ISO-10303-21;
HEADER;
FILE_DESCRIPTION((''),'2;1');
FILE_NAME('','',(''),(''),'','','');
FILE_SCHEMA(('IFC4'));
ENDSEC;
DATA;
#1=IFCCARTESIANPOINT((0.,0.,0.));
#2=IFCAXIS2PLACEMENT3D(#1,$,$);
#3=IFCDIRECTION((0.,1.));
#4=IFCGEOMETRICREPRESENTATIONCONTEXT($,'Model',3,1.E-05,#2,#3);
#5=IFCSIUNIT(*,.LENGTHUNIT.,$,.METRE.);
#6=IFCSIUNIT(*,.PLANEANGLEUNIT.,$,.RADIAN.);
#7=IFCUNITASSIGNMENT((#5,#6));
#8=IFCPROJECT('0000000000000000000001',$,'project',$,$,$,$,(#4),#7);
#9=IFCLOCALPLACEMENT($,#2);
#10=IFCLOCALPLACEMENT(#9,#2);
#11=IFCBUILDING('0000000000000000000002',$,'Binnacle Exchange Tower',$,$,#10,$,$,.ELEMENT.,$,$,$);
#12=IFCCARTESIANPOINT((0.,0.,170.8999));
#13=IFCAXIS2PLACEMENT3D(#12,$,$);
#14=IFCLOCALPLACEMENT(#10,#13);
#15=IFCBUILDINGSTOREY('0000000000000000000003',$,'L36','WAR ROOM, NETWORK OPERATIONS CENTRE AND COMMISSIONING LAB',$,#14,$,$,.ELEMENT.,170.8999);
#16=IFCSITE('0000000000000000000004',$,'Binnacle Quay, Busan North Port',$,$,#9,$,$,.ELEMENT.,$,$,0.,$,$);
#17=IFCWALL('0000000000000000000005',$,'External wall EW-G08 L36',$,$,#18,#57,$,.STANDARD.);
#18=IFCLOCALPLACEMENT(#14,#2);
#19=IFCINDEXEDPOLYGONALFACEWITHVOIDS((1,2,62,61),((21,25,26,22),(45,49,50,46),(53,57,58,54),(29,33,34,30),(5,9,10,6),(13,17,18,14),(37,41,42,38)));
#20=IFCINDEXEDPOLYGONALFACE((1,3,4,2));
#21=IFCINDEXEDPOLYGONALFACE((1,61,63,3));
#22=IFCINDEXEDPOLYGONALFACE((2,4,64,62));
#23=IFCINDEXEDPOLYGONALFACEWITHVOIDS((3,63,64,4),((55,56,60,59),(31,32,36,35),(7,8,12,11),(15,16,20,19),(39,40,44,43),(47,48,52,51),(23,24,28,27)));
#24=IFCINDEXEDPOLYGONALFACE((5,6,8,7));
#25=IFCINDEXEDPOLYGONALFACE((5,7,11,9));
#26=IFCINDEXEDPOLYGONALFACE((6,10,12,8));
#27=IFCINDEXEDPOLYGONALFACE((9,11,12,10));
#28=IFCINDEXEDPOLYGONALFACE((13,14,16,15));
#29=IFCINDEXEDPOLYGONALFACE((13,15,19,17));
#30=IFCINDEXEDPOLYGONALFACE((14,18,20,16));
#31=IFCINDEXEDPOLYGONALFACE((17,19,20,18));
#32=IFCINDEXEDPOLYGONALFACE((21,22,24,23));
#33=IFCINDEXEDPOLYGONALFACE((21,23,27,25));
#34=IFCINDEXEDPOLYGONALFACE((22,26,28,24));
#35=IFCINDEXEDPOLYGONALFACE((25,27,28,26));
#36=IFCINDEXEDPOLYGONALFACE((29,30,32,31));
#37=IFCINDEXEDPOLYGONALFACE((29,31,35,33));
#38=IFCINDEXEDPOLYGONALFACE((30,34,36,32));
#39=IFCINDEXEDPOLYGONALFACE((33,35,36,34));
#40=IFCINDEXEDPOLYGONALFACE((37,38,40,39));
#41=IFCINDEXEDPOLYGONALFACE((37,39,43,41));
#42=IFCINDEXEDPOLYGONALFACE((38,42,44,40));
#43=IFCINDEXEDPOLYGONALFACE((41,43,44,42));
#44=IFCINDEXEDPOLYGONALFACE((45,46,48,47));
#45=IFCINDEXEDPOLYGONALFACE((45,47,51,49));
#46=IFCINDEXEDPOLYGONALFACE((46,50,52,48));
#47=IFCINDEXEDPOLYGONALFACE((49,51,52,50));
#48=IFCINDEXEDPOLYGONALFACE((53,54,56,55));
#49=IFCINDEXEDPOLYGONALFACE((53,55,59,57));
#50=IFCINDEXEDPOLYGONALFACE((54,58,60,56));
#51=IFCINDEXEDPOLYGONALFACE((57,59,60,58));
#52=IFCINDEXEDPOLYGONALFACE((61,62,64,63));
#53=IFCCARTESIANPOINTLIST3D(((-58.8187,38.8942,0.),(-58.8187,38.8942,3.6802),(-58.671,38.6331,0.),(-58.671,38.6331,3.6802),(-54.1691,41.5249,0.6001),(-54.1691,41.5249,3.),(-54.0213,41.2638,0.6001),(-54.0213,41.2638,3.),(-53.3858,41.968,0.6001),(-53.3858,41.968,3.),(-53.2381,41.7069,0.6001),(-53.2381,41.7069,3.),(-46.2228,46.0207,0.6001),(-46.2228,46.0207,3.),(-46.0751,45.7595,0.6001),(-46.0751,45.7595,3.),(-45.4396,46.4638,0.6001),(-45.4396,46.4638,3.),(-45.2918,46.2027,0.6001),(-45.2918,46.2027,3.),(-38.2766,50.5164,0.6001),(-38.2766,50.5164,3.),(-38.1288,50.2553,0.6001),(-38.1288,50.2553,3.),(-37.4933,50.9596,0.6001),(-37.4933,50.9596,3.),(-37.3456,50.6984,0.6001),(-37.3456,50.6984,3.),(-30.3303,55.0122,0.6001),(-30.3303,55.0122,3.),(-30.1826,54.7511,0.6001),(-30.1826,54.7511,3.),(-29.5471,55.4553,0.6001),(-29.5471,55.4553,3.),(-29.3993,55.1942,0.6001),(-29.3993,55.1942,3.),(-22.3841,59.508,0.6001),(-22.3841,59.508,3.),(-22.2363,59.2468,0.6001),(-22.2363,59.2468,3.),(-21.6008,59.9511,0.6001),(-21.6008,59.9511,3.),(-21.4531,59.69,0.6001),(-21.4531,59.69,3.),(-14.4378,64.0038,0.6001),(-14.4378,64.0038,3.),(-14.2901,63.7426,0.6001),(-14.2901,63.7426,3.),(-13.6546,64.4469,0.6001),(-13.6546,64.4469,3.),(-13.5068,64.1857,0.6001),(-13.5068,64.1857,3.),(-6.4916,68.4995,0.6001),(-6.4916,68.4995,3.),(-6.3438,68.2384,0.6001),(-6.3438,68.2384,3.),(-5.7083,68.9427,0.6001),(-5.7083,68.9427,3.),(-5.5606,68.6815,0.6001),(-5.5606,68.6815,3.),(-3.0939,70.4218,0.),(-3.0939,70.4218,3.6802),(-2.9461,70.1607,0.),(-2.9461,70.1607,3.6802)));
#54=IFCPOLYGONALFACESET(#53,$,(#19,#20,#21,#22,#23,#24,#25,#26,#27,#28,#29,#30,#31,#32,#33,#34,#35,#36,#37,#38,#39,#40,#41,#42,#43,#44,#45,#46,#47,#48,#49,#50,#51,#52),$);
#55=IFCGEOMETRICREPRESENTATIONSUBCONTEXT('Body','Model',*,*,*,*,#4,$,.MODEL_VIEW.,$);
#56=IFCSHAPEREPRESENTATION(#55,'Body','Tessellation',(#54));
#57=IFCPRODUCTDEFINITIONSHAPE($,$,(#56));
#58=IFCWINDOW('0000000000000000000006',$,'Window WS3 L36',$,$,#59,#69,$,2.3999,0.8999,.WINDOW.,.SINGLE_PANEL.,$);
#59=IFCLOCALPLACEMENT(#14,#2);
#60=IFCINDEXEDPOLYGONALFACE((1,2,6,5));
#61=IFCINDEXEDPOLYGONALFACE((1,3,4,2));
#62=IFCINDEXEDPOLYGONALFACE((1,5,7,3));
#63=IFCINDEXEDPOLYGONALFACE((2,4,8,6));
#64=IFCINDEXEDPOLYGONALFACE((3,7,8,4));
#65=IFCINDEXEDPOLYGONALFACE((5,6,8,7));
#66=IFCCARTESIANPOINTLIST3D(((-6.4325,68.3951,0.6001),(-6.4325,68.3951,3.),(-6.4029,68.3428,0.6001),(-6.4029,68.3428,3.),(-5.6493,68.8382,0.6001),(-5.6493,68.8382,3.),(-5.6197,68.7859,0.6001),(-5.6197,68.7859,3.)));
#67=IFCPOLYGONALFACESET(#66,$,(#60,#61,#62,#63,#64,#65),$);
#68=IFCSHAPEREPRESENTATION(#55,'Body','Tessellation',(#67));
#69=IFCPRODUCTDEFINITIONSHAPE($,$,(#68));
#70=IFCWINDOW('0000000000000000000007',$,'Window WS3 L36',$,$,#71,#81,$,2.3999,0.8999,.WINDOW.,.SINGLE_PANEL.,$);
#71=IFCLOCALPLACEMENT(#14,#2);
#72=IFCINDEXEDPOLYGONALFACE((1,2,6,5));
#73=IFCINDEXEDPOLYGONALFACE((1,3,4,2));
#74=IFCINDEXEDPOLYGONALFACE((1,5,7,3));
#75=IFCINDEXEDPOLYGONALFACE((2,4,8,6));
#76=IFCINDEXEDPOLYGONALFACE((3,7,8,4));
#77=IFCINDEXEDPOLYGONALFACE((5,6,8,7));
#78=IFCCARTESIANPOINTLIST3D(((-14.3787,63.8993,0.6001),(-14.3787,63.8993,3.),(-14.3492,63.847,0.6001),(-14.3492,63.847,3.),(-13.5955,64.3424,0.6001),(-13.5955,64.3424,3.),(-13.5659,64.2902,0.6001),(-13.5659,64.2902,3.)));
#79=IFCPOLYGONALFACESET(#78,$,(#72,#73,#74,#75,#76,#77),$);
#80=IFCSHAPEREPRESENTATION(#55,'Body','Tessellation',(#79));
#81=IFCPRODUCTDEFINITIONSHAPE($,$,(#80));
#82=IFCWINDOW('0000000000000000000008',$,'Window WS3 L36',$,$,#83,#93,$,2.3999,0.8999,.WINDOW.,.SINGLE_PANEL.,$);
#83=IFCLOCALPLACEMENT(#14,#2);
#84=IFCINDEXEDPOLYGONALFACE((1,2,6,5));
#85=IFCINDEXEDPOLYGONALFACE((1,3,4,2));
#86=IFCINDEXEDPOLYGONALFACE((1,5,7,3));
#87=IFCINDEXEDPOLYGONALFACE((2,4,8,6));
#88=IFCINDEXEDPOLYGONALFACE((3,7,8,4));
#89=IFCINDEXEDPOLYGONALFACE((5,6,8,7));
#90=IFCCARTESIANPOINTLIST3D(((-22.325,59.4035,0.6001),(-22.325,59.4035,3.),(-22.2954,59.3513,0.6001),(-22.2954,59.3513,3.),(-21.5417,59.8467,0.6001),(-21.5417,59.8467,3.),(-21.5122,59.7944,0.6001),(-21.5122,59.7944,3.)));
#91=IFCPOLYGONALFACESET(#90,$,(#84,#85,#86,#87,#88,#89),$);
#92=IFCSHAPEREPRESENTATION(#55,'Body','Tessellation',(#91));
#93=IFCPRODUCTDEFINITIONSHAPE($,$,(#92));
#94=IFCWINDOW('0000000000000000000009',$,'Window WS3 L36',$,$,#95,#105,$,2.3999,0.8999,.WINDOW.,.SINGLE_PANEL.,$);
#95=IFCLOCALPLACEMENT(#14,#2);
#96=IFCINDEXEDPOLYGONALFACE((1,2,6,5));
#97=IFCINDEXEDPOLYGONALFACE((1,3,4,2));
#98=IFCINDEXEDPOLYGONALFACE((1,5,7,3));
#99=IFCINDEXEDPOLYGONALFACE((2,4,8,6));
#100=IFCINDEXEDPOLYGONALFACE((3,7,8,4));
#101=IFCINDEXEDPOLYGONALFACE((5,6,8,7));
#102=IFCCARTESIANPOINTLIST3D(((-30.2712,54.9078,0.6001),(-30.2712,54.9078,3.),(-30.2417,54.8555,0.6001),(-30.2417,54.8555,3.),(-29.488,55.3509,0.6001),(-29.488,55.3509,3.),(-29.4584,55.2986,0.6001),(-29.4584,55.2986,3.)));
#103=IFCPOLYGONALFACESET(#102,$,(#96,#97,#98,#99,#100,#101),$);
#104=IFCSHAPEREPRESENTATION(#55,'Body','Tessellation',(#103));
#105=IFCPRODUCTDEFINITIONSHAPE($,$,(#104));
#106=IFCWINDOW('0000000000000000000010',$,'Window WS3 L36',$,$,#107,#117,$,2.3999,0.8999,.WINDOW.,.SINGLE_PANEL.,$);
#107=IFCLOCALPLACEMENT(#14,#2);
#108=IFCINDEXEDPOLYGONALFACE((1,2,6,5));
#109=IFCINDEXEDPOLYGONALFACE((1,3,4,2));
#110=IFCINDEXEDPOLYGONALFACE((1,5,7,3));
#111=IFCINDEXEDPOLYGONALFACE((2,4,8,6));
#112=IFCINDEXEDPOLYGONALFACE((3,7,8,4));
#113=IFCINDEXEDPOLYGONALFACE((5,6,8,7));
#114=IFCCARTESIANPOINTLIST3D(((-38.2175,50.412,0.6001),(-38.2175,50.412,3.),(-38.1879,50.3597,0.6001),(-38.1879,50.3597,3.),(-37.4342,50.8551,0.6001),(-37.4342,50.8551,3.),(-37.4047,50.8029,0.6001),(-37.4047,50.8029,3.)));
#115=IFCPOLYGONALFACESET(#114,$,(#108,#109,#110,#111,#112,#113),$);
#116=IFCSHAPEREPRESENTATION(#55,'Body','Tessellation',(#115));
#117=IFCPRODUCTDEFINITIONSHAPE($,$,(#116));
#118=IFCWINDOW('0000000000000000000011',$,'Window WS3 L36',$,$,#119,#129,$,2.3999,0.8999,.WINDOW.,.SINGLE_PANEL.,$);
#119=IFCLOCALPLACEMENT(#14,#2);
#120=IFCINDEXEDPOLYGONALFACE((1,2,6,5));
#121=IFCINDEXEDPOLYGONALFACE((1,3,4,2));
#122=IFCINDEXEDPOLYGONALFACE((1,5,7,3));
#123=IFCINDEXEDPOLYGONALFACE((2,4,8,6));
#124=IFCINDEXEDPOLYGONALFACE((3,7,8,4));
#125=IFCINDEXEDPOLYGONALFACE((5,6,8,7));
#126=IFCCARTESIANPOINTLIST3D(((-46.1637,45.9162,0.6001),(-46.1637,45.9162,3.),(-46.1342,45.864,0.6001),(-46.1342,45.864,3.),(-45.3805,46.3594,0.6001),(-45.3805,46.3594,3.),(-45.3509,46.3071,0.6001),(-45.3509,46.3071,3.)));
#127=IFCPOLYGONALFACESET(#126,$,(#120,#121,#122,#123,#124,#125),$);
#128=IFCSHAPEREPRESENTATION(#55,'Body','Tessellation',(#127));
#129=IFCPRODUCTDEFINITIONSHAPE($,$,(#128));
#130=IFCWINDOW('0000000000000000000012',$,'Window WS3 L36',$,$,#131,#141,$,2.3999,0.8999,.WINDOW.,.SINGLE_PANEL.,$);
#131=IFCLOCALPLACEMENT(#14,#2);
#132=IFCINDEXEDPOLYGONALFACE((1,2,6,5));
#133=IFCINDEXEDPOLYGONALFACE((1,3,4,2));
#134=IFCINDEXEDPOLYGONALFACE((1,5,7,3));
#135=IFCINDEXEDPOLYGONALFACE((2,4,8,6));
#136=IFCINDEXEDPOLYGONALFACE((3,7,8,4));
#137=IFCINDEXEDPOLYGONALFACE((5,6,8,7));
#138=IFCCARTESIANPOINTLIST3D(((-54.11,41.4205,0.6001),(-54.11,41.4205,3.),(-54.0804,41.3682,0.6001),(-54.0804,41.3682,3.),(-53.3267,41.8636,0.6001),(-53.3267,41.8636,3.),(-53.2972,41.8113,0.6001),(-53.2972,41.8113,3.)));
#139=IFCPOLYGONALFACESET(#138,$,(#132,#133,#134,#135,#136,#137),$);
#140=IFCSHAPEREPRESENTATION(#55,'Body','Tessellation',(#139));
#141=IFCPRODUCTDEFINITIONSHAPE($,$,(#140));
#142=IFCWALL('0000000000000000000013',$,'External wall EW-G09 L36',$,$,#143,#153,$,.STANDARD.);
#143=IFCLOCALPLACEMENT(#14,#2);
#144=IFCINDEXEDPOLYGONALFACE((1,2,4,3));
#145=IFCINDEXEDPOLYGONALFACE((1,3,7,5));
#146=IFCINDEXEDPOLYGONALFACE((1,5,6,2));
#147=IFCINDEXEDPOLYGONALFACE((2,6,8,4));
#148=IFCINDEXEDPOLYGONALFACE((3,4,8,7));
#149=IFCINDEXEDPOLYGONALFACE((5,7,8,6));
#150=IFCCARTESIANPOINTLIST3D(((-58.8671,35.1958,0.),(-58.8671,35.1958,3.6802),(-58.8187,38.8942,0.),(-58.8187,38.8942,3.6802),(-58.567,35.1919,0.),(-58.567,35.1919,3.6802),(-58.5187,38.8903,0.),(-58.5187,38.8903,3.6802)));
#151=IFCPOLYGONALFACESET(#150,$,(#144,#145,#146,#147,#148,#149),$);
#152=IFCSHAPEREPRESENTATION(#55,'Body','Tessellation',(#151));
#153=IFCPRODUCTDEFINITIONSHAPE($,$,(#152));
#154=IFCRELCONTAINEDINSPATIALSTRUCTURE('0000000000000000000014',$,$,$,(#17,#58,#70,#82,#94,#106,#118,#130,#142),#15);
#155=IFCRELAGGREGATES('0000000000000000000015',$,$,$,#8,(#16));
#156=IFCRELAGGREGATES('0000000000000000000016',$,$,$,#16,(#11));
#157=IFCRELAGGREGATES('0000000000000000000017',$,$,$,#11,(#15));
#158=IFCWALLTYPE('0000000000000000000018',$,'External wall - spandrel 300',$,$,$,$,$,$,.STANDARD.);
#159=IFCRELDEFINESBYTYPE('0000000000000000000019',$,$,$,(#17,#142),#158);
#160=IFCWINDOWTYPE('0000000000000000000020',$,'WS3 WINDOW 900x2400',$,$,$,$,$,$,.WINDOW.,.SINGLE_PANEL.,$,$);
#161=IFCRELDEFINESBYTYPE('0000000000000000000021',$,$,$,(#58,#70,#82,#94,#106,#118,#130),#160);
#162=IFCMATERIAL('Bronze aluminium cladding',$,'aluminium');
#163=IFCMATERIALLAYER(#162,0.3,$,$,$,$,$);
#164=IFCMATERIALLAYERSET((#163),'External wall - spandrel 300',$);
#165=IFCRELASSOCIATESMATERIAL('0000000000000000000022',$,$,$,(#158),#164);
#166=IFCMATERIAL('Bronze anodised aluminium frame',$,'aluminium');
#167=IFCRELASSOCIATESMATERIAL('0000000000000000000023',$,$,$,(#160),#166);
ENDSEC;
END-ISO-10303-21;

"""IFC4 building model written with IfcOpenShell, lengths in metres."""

from ifc_helpers import new_model, si_unit, direction, frame, frame_2d, origin, place, context, subcontext, project, spatial, rectangle, extrude, material, layer, layer_set, type_object, element, fill, save


model = new_model("IFC4")

# Units and contexts
model_context = context("Model", 3, precision=1e-05, world=origin(), true_north=direction((0.0, 1.0)))
body_context = subcontext(model_context, "Body", "Model", "MODEL_VIEW")
ifc_project = project(units=[si_unit("LENGTHUNIT", "METRE"), si_unit("PLANEANGLEUNIT", "RADIAN")], contexts=[model_context])

# Site, building, storey
site_placement = place(None, origin())
site = spatial("IfcSite", under=ifc_project, at=site_placement, Name="Binnacle Quay, Busan North Port", CompositionType="ELEMENT", RefElevation=0.0)
building_placement = place(site_placement, origin())
building = spatial("IfcBuilding", under=site, at=building_placement, Name="Binnacle Exchange Tower", CompositionType="ELEMENT")
storey_placement = place(building_placement, frame((0.0, 0.0, 170.8999)))
storey = spatial("IfcBuildingStorey", under=building, at=storey_placement, Name="L36", Description="WAR ROOM, NETWORK OPERATIONS CENTRE AND COMMISSIONING LAB", CompositionType="ELEMENT", Elevation=170.8999)

# Wall, openings, windows
ifc_material_1 = material(Name="Bronze aluminium cladding", Category="aluminium")
ifc_layer_1 = layer(ifc_material_1, 0.3)
ifc_layer_set_1 = layer_set([ifc_layer_1], Name="External wall - spandrel 300")
wall_type_1 = type_object("IfcWallType", Name="External wall - spandrel 300", PredefinedType="STANDARD", material=ifc_layer_set_1)
wall_1_placement = place(storey_placement, frame((-58.7449, 38.7637, 0.0), z_axis=(0.0, 0.0, 1.0), x_axis=(0.870356, 0.492423, 0.0)))
wall_1 = element("IfcWall", 1, at=wall_1_placement, inside=storey, type_object=wall_type_1, Name="External wall EW-G08 L36", PredefinedType="STANDARD", context=body_context, shape_type="SweptSolid", body=[
    extrude(rectangle(XDim=64.0254, YDim=0.3, at=frame_2d((32.0127, 0.0))), origin(), (0.0, 0.0, 1.0), 3.6802),
])
opening_1_placement = place(wall_1_placement, frame((60.1216, 0.0, 0.6001)))
opening_1 = element("IfcOpeningElement", 2, at=opening_1_placement, cuts=wall_1, PredefinedType="OPENING", context=body_context, shape_type="SweptSolid", body=[
    extrude(rectangle(XDim=0.8999, YDim=2.3999, at=frame_2d((0.45, 1.2))), frame((0.0, 0.1599, 0.0), z_axis=(0.0, -1.0, 0.0), x_axis=(1.0, 0.0, 0.0)), (0.0, 0.0, 1.0), 0.3201),
])
opening_2_placement = place(wall_1_placement, frame((50.9917, 0.0, 0.6001)))
opening_2 = element("IfcOpeningElement", 3, at=opening_2_placement, cuts=wall_1, PredefinedType="OPENING", context=body_context, shape_type="SweptSolid", body=[
    extrude(rectangle(XDim=0.8999, YDim=2.3999, at=frame_2d((0.45, 1.2))), frame((0.0, 0.1599, 0.0), z_axis=(0.0, -1.0, 0.0), x_axis=(1.0, 0.0, 0.0)), (0.0, 0.0, 1.0), 0.3201),
])
opening_3_placement = place(wall_1_placement, frame((41.8618, 0.0, 0.6001)))
opening_3 = element("IfcOpeningElement", 4, at=opening_3_placement, cuts=wall_1, PredefinedType="OPENING", context=body_context, shape_type="SweptSolid", body=[
    extrude(rectangle(XDim=0.8999, YDim=2.3999, at=frame_2d((0.45, 1.2))), frame((0.0, 0.1599, 0.0), z_axis=(0.0, -1.0, 0.0), x_axis=(1.0, 0.0, 0.0)), (0.0, 0.0, 1.0), 0.3201),
])
opening_4_placement = place(wall_1_placement, frame((32.7319, 0.0, 0.6001)))
opening_4 = element("IfcOpeningElement", 5, at=opening_4_placement, cuts=wall_1, PredefinedType="OPENING", context=body_context, shape_type="SweptSolid", body=[
    extrude(rectangle(XDim=0.8999, YDim=2.3999, at=frame_2d((0.45, 1.2))), frame((0.0, 0.1599, 0.0), z_axis=(0.0, -1.0, 0.0), x_axis=(1.0, 0.0, 0.0)), (0.0, 0.0, 1.0), 0.3201),
])
opening_5_placement = place(wall_1_placement, frame((23.6021, 0.0, 0.6001)))
opening_5 = element("IfcOpeningElement", 6, at=opening_5_placement, cuts=wall_1, PredefinedType="OPENING", context=body_context, shape_type="SweptSolid", body=[
    extrude(rectangle(XDim=0.8999, YDim=2.3999, at=frame_2d((0.45, 1.2))), frame((0.0, 0.1599, 0.0), z_axis=(0.0, -1.0, 0.0), x_axis=(1.0, 0.0, 0.0)), (0.0, 0.0, 1.0), 0.3201),
])
opening_6_placement = place(wall_1_placement, frame((14.4722, 0.0, 0.6001)))
opening_6 = element("IfcOpeningElement", 7, at=opening_6_placement, cuts=wall_1, PredefinedType="OPENING", context=body_context, shape_type="SweptSolid", body=[
    extrude(rectangle(XDim=0.8999, YDim=2.3999, at=frame_2d((0.45, 1.2))), frame((0.0, 0.1599, 0.0), z_axis=(0.0, -1.0, 0.0), x_axis=(1.0, 0.0, 0.0)), (0.0, 0.0, 1.0), 0.3201),
])
opening_7_placement = place(wall_1_placement, frame((5.3423, 0.0, 0.6001)))
opening_7 = element("IfcOpeningElement", 8, at=opening_7_placement, cuts=wall_1, PredefinedType="OPENING", context=body_context, shape_type="SweptSolid", body=[
    extrude(rectangle(XDim=0.8999, YDim=2.3999, at=frame_2d((0.45, 1.2))), frame((0.0, 0.1599, 0.0), z_axis=(0.0, -1.0, 0.0), x_axis=(1.0, 0.0, 0.0)), (0.0, 0.0, 1.0), 0.3201),
])
ifc_material_2 = material(Name="Bronze anodised aluminium frame", Category="aluminium")
window_type = type_object("IfcWindowType", Name="WS3 WINDOW 900x2400", PartitioningType="SINGLE_PANEL", PredefinedType="WINDOW", material=ifc_material_2)
window_1_placement = place(opening_1_placement, origin())
window_1 = element("IfcWindow", 9, at=window_1_placement, inside=storey, type_object=window_type, Name="Window WS3 L36", OverallHeight=2.3999, OverallWidth=0.8999, PartitioningType="SINGLE_PANEL", PredefinedType="WINDOW", context=body_context, shape_type="SweptSolid", body=[
    extrude(rectangle(XDim=0.8999, YDim=2.3999, at=frame_2d((0.45, 1.2))), frame((0.0, 0.03, 0.0), z_axis=(0.0, -1.0, 0.0), x_axis=(1.0, 0.0, 0.0)), (0.0, 0.0, 1.0), 0.0601),
])
fill(opening_1, window_1)
window_2_placement = place(opening_2_placement, origin())
window_2 = element("IfcWindow", 10, at=window_2_placement, inside=storey, type_object=window_type, Name="Window WS3 L36", OverallHeight=2.3999, OverallWidth=0.8999, PartitioningType="SINGLE_PANEL", PredefinedType="WINDOW", context=body_context, shape_type="SweptSolid", body=[
    extrude(rectangle(XDim=0.8999, YDim=2.3999, at=frame_2d((0.45, 1.2))), frame((0.0, 0.03, 0.0), z_axis=(0.0, -1.0, 0.0), x_axis=(1.0, 0.0, 0.0)), (0.0, 0.0, 1.0), 0.0601),
])
fill(opening_2, window_2)
window_3_placement = place(opening_3_placement, origin())
window_3 = element("IfcWindow", 11, at=window_3_placement, inside=storey, type_object=window_type, Name="Window WS3 L36", OverallHeight=2.3999, OverallWidth=0.8999, PartitioningType="SINGLE_PANEL", PredefinedType="WINDOW", context=body_context, shape_type="SweptSolid", body=[
    extrude(rectangle(XDim=0.8999, YDim=2.3999, at=frame_2d((0.45, 1.2))), frame((0.0, 0.03, 0.0), z_axis=(0.0, -1.0, 0.0), x_axis=(1.0, 0.0, 0.0)), (0.0, 0.0, 1.0), 0.0601),
])
fill(opening_3, window_3)
window_4_placement = place(opening_4_placement, origin())
window_4 = element("IfcWindow", 12, at=window_4_placement, inside=storey, type_object=window_type, Name="Window WS3 L36", OverallHeight=2.3999, OverallWidth=0.8999, PartitioningType="SINGLE_PANEL", PredefinedType="WINDOW", context=body_context, shape_type="SweptSolid", body=[
    extrude(rectangle(XDim=0.8999, YDim=2.3999, at=frame_2d((0.45, 1.2))), frame((0.0, 0.03, 0.0), z_axis=(0.0, -1.0, 0.0), x_axis=(1.0, 0.0, 0.0)), (0.0, 0.0, 1.0), 0.0601),
])
fill(opening_4, window_4)
window_5_placement = place(opening_5_placement, origin())
window_5 = element("IfcWindow", 13, at=window_5_placement, inside=storey, type_object=window_type, Name="Window WS3 L36", OverallHeight=2.3999, OverallWidth=0.8999, PartitioningType="SINGLE_PANEL", PredefinedType="WINDOW", context=body_context, shape_type="SweptSolid", body=[
    extrude(rectangle(XDim=0.8999, YDim=2.3999, at=frame_2d((0.45, 1.2))), frame((0.0, 0.03, 0.0), z_axis=(0.0, -1.0, 0.0), x_axis=(1.0, 0.0, 0.0)), (0.0, 0.0, 1.0), 0.0601),
])
fill(opening_5, window_5)
window_6_placement = place(opening_6_placement, origin())
window_6 = element("IfcWindow", 14, at=window_6_placement, inside=storey, type_object=window_type, Name="Window WS3 L36", OverallHeight=2.3999, OverallWidth=0.8999, PartitioningType="SINGLE_PANEL", PredefinedType="WINDOW", context=body_context, shape_type="SweptSolid", body=[
    extrude(rectangle(XDim=0.8999, YDim=2.3999, at=frame_2d((0.45, 1.2))), frame((0.0, 0.03, 0.0), z_axis=(0.0, -1.0, 0.0), x_axis=(1.0, 0.0, 0.0)), (0.0, 0.0, 1.0), 0.0601),
])
fill(opening_6, window_6)
window_7_placement = place(opening_7_placement, origin())
window_7 = element("IfcWindow", 15, at=window_7_placement, inside=storey, type_object=window_type, Name="Window WS3 L36", OverallHeight=2.3999, OverallWidth=0.8999, PartitioningType="SINGLE_PANEL", PredefinedType="WINDOW", context=body_context, shape_type="SweptSolid", body=[
    extrude(rectangle(XDim=0.8999, YDim=2.3999, at=frame_2d((0.45, 1.2))), frame((0.0, 0.03, 0.0), z_axis=(0.0, -1.0, 0.0), x_axis=(1.0, 0.0, 0.0)), (0.0, 0.0, 1.0), 0.0601),
])
fill(opening_7, window_7)

# Wall
wall_2_placement = place(storey_placement, frame((-58.717, 35.1938, 0.0), z_axis=(0.0, 0.0, 1.0), x_axis=(0.013069, 0.999915, 0.0)))
element("IfcWall", 16, at=wall_2_placement, inside=storey, type_object=wall_type_1, Name="External wall EW-G09 L36", PredefinedType="STANDARD", context=body_context, shape_type="SweptSolid", body=[
    extrude(rectangle(XDim=3.6987, YDim=0.3, at=frame_2d((1.8494, 0.0))), origin(), (0.0, 0.0, 1.0), 3.6802),
])

save(model, "model.ifc")
